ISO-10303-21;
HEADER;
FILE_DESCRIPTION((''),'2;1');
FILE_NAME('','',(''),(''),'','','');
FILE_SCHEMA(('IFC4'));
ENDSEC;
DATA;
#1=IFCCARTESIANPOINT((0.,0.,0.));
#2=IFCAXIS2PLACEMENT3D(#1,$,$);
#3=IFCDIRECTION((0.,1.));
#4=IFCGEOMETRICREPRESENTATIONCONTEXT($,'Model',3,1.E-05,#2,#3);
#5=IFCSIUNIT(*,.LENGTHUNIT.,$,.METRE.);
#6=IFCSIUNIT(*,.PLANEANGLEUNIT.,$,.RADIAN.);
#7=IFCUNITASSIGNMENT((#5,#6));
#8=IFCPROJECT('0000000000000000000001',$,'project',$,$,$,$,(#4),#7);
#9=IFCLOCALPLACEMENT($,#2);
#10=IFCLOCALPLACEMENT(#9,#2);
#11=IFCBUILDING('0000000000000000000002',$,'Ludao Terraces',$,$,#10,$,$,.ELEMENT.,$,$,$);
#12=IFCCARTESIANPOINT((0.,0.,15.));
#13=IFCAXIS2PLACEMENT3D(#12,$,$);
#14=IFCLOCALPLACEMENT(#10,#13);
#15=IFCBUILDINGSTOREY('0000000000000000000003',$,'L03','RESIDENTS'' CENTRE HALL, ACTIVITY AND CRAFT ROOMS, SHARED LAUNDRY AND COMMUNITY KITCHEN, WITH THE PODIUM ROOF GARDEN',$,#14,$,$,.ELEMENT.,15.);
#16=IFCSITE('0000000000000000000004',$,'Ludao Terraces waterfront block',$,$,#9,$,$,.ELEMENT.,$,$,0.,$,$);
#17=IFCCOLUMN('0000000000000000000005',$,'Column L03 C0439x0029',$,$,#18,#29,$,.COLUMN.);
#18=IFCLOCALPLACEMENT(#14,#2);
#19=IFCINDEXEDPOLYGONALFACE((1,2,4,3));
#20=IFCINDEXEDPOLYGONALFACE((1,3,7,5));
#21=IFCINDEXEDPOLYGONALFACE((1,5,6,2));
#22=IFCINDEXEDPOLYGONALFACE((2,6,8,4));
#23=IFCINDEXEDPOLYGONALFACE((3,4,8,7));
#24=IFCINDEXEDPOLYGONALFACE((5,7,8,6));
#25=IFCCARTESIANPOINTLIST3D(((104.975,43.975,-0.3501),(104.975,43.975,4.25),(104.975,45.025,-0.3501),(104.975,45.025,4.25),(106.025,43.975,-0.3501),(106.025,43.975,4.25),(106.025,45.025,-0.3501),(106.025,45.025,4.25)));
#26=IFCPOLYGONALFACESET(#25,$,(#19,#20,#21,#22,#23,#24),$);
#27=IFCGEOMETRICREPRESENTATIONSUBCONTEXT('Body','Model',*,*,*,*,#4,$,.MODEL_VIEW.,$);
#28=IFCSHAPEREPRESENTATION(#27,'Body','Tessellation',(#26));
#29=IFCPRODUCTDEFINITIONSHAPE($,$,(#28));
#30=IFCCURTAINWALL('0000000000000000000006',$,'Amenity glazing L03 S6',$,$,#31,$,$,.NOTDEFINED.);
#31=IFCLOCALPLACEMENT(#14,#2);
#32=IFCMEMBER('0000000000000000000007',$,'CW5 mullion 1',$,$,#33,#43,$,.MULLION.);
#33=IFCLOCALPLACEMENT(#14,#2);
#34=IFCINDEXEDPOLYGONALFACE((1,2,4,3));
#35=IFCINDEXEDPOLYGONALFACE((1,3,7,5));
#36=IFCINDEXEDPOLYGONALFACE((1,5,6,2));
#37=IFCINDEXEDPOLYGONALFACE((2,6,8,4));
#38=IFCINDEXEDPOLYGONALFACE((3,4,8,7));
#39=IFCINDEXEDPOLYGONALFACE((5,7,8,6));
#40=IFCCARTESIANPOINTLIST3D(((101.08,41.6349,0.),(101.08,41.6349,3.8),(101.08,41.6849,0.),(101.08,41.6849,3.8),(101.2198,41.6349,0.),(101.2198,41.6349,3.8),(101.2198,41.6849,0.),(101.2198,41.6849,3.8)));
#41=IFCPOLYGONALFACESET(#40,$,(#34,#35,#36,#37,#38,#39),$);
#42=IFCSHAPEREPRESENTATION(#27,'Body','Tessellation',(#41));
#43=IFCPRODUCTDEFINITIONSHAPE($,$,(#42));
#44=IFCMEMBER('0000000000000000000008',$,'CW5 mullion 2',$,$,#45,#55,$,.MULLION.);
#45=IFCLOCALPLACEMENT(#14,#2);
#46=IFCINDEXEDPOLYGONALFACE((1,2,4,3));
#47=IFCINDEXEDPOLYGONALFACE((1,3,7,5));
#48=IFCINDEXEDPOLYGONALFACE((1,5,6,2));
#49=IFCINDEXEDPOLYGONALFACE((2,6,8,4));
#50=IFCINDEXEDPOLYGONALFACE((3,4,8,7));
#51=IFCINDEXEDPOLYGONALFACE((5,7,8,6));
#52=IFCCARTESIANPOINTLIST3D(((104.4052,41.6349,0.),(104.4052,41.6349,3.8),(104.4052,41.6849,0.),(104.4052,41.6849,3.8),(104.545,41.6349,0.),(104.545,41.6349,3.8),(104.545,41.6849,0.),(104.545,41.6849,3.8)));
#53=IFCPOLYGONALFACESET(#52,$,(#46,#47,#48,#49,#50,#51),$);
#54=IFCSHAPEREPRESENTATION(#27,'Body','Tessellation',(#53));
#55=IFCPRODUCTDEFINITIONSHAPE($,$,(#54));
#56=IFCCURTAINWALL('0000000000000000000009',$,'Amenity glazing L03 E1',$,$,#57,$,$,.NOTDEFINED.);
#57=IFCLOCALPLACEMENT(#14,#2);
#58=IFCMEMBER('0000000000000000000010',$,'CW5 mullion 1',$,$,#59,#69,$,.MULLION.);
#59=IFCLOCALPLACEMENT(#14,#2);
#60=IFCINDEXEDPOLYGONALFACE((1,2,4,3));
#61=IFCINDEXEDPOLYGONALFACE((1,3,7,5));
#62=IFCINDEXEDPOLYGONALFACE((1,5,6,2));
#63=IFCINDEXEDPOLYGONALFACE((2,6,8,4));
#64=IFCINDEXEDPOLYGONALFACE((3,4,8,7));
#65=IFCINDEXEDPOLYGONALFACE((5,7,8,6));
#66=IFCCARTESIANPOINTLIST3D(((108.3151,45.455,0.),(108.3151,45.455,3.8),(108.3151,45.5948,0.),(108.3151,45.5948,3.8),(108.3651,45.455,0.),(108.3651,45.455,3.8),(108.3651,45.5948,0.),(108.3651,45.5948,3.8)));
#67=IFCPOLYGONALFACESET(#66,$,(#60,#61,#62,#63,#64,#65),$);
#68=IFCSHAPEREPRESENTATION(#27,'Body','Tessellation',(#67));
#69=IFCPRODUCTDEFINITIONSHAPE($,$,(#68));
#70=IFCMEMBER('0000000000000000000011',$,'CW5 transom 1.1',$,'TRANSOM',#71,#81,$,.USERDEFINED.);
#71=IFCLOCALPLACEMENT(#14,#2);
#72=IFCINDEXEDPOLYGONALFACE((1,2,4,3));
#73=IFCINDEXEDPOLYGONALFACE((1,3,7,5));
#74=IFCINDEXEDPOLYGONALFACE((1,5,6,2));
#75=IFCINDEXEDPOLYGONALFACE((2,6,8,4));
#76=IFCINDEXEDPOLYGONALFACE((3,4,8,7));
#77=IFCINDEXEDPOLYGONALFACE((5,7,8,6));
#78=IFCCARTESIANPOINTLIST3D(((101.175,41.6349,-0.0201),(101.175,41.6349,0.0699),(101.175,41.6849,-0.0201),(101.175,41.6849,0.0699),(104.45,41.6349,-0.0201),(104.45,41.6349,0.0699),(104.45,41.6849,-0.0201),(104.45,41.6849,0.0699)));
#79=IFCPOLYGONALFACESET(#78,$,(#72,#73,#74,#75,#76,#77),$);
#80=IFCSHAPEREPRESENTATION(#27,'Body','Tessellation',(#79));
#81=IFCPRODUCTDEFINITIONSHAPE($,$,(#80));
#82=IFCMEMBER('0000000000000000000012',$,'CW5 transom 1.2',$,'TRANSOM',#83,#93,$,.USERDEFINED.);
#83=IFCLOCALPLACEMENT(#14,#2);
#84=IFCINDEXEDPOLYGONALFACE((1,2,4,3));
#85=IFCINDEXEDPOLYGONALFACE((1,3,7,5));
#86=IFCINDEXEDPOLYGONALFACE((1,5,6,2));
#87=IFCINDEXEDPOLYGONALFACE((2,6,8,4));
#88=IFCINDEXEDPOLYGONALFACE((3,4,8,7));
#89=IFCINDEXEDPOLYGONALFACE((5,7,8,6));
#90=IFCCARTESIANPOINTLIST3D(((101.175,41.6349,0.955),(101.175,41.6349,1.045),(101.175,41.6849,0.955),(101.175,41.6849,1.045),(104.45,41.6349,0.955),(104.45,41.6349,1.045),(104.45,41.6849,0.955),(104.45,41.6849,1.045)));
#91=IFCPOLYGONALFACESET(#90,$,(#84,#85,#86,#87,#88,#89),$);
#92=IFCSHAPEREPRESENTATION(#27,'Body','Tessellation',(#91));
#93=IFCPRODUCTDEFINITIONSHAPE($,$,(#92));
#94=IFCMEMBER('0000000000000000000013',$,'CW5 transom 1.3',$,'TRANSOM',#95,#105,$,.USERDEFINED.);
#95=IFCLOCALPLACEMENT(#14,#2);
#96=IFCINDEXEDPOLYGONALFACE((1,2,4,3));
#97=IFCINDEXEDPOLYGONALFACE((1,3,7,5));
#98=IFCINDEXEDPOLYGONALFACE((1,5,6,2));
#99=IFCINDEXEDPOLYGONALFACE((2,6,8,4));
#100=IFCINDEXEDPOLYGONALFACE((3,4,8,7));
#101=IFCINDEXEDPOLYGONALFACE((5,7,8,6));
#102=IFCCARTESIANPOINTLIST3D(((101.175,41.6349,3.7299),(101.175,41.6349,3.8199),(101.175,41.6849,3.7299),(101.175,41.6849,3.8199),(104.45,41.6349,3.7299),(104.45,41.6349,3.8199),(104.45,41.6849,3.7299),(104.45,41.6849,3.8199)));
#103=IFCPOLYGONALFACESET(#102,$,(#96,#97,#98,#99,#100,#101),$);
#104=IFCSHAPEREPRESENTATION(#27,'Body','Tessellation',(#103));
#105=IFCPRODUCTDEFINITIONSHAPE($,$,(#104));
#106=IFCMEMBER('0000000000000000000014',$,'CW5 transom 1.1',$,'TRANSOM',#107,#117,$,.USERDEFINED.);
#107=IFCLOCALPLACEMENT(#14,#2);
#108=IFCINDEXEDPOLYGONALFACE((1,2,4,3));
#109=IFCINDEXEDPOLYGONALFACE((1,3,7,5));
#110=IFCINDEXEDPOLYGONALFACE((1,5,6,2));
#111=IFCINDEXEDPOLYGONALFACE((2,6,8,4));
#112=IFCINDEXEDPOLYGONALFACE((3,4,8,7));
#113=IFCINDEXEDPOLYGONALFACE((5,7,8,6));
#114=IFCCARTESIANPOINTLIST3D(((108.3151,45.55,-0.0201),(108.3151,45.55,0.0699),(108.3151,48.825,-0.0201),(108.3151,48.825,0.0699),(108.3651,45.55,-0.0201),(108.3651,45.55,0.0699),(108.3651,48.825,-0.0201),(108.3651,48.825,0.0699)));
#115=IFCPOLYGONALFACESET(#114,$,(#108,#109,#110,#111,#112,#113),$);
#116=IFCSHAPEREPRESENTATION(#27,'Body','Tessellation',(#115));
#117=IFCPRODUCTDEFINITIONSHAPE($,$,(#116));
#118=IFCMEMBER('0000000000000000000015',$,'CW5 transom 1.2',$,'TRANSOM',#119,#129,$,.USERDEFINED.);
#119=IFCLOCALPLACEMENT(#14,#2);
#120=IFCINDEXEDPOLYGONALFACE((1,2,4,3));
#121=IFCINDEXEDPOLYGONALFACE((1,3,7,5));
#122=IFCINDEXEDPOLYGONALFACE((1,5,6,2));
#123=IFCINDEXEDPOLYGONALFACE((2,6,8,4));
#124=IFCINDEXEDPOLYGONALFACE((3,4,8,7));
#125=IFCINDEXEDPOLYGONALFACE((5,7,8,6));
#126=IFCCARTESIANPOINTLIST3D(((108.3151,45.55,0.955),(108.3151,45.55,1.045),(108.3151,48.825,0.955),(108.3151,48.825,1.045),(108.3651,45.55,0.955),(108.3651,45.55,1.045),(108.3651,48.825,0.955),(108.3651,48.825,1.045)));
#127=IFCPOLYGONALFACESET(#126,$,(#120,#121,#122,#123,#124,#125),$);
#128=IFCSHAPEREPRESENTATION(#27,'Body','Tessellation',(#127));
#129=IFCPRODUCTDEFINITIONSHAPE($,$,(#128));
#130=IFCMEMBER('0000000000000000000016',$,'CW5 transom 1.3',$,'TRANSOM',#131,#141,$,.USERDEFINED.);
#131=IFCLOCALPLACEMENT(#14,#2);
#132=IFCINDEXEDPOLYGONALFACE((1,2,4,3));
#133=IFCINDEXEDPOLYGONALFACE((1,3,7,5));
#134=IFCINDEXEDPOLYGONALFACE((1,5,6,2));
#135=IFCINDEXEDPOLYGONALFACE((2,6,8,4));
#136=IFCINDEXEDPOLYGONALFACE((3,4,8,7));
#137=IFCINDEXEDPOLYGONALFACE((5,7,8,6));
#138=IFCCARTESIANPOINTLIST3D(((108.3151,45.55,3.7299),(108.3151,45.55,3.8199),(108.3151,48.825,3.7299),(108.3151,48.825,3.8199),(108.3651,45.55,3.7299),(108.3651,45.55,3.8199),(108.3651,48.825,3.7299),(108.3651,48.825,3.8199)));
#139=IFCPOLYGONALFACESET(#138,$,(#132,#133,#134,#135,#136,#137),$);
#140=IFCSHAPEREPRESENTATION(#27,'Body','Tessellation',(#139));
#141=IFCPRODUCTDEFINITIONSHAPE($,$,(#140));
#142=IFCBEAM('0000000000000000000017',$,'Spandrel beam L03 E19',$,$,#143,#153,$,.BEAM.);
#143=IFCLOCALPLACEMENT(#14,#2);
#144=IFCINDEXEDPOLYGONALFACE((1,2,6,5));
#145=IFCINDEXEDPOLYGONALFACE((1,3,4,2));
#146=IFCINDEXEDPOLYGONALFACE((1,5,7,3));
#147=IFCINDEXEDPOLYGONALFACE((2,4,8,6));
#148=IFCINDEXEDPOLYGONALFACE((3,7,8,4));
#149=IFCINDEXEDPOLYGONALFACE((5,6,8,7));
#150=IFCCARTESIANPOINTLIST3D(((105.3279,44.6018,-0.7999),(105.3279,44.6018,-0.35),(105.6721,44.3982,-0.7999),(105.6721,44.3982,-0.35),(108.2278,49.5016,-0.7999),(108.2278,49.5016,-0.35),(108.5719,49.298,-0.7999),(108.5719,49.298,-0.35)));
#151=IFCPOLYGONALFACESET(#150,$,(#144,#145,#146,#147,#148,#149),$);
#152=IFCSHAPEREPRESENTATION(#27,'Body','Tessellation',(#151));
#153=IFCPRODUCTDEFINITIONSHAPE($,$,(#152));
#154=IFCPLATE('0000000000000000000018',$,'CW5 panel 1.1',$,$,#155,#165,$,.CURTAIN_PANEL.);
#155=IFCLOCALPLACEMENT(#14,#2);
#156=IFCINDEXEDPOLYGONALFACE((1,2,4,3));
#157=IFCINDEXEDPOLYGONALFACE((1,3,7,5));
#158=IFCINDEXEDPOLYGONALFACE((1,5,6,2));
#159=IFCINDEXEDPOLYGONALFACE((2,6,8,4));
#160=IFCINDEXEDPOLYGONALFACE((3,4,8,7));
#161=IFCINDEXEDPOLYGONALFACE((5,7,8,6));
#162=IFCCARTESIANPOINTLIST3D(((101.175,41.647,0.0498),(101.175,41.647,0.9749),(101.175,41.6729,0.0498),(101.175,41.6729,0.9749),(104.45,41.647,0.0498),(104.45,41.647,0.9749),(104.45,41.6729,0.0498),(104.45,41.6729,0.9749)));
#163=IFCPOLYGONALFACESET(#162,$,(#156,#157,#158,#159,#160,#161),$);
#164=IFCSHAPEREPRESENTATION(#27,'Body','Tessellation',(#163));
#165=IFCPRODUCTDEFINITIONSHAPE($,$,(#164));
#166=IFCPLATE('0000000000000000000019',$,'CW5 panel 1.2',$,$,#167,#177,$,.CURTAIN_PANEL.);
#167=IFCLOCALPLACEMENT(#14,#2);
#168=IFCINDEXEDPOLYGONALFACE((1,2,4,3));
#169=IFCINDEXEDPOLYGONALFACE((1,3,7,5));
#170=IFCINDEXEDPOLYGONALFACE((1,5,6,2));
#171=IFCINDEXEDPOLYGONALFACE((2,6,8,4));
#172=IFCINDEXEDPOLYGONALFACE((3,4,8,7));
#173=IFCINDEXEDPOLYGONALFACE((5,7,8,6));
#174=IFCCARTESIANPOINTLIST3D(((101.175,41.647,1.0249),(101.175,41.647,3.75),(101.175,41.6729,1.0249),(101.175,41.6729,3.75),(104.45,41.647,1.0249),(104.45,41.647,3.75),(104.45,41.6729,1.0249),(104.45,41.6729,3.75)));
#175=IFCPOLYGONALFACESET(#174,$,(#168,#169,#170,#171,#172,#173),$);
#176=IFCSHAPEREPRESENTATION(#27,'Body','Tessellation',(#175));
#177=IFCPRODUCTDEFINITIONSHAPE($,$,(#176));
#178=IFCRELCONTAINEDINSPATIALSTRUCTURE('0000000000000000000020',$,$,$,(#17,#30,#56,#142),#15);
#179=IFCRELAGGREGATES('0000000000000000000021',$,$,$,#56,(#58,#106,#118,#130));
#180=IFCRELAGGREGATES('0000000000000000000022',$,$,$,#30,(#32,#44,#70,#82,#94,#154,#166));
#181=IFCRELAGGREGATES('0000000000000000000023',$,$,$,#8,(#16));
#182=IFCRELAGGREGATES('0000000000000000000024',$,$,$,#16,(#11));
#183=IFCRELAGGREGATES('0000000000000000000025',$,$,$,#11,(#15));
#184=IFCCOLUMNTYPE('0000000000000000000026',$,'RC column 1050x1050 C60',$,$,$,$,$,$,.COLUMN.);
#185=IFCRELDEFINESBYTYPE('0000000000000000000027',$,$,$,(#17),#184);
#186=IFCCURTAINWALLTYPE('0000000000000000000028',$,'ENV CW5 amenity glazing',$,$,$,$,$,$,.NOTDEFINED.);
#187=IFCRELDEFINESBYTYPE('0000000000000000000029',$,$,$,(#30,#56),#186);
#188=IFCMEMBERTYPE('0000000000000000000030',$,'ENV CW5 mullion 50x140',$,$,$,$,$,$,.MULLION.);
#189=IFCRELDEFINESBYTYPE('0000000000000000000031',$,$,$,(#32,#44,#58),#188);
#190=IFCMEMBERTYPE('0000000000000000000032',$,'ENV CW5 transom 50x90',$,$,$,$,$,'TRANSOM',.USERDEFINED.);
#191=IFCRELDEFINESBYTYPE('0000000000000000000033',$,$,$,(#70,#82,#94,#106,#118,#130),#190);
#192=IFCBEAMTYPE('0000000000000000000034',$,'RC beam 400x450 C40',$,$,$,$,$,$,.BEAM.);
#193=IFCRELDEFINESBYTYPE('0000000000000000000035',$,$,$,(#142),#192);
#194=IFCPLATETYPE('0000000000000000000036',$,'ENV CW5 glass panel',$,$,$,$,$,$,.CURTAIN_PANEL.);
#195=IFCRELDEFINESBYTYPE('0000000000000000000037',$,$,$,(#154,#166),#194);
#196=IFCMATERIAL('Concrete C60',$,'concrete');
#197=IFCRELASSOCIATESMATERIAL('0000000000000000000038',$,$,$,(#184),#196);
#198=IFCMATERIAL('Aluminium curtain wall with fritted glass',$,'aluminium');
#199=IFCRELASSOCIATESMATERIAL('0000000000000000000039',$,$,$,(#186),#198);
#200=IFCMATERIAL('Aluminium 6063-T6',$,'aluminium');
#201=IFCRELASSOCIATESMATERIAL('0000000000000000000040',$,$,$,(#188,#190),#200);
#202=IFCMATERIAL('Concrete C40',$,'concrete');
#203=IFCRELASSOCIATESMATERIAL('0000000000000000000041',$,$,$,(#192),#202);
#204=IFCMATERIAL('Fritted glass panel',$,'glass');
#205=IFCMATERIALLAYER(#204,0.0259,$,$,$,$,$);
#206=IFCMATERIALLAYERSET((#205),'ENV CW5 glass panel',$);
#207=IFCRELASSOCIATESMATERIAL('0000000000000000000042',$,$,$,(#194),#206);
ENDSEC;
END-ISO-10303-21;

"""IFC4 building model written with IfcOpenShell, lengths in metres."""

from ifc_helpers import new_model, si_unit, direction, frame, origin, origin_2d, place, context, subcontext, project, spatial, rectangle, extrude, material, layer, layer_set, material_profile, profile_set, type_object, element, aggregate, save


model = new_model("IFC4")

# Units and contexts
model_context = context("Model", 3, precision=1e-05, world=origin(), true_north=direction((0.0, 1.0)))
body_context = subcontext(model_context, "Body", "Model", "MODEL_VIEW")
ifc_project = project(units=[si_unit("LENGTHUNIT", "METRE"), si_unit("PLANEANGLEUNIT", "RADIAN")], contexts=[model_context])

# Site, building, storey
site_placement = place(None, origin())
site = spatial("IfcSite", under=ifc_project, at=site_placement, Name="Ludao Terraces waterfront block", CompositionType="ELEMENT", RefElevation=0.0)
building_placement = place(site_placement, origin())
building = spatial("IfcBuilding", under=site, at=building_placement, Name="Ludao Terraces", CompositionType="ELEMENT")
storey_placement = place(building_placement, frame((0.0, 0.0, 15.0)))
storey = spatial("IfcBuildingStorey", under=building, at=storey_placement, Name="L03", Description="RESIDENTS' CENTRE HALL, ACTIVITY AND CRAFT ROOMS, SHARED LAUNDRY AND COMMUNITY KITCHEN, WITH THE PODIUM ROOF GARDEN", CompositionType="ELEMENT", Elevation=15.0)

# Column
ifc_material_1 = material(Name="Concrete C60", Category="concrete")
ifc_material_profile_1 = material_profile(ifc_material_1, rectangle(XDim=1.05, YDim=1.05, at=origin_2d()), Name="1050 X 1050")
ifc_profile_set_1 = profile_set([ifc_material_profile_1], Name="Concrete C60")
column_type = type_object("IfcColumnType", Name="RC column 1050x1050 C60", PredefinedType="COLUMN", material=ifc_profile_set_1)
column_placement = place(storey_placement, frame((105.5, 44.5, -0.3501), z_axis=(0.0, 0.0, 1.0), x_axis=(1.0, 0.0, 0.0)))
element("IfcColumn", 1, at=column_placement, inside=storey, type_object=column_type, Name="Column L03 C0439x0029", PredefinedType="COLUMN", context=body_context, shape_type="SweptSolid", body=[
    extrude(rectangle(XDim=1.05, YDim=1.05, at=origin_2d()), origin(), (0.0, 0.0, 1.0), 4.6001),
])

# Curtain wall, members
ifc_material_2 = material(Name="Aluminium curtain wall with fritted glass", Category="aluminium")
curtain_wall_type = type_object("IfcCurtainWallType", Name="ENV CW5 amenity glazing", PredefinedType="NOTDEFINED", material=ifc_material_2)
curtain_wall_1_placement = place(storey_placement, origin())
curtain_wall_1 = element("IfcCurtainWall", 2, at=curtain_wall_1_placement, inside=storey, type_object=curtain_wall_type, Name="Amenity glazing L03 S6", PredefinedType="NOTDEFINED")
ifc_material_3 = material(Name="Aluminium 6063-T6", Category="aluminium")
ifc_material_profile_2 = material_profile(ifc_material_3, rectangle(XDim=0.05, YDim=0.1399, at=origin_2d()), Name="50 X 140")
ifc_profile_set_2 = profile_set([ifc_material_profile_2], Name="Aluminium 6063-T6")
member_type_1 = type_object("IfcMemberType", Name="ENV CW5 mullion 50x140", PredefinedType="MULLION", material=ifc_profile_set_2)
member_1_placement = place(storey_placement, frame((101.1499, 41.6599, 0.0), z_axis=(0.0, 0.0, 1.0), x_axis=(0.0, 1.0, 0.0)))
member_1 = element("IfcMember", 3, at=member_1_placement, type_object=member_type_1, Name="CW5 mullion 1", PredefinedType="MULLION", context=body_context, shape_type="SweptSolid", body=[
    extrude(rectangle(XDim=0.05, YDim=0.1399, at=origin_2d()), origin(), (0.0, 0.0, 1.0), 3.8),
])
member_2_placement = place(storey_placement, frame((104.4751, 41.6599, 0.0), z_axis=(0.0, 0.0, 1.0), x_axis=(0.0, 1.0, 0.0)))
member_2 = element("IfcMember", 4, at=member_2_placement, type_object=member_type_1, Name="CW5 mullion 2", PredefinedType="MULLION", context=body_context, shape_type="SweptSolid", body=[
    extrude(rectangle(XDim=0.05, YDim=0.1399, at=origin_2d()), origin(), (0.0, 0.0, 1.0), 3.8),
])

# Curtain wall, member
curtain_wall_2_placement = place(storey_placement, origin())
curtain_wall_2 = element("IfcCurtainWall", 5, at=curtain_wall_2_placement, inside=storey, type_object=curtain_wall_type, Name="Amenity glazing L03 E1", PredefinedType="NOTDEFINED")
member_3_placement = place(storey_placement, frame((108.3401, 45.5249, 0.0), z_axis=(0.0, 0.0, 1.0), x_axis=(-1.0, 0.0, 0.0)))
member_3 = element("IfcMember", 6, at=member_3_placement, type_object=member_type_1, Name="CW5 mullion 1", PredefinedType="MULLION", context=body_context, shape_type="SweptSolid", body=[
    extrude(rectangle(XDim=0.05, YDim=0.1399, at=origin_2d()), origin(), (0.0, 0.0, 1.0), 3.8),
])

# Members
ifc_material_profile_3 = material_profile(ifc_material_3, rectangle(XDim=0.05, YDim=0.0901, at=origin_2d()), Name="50 X 90")
ifc_profile_set_3 = profile_set([ifc_material_profile_3], Name="Aluminium 6063-T6")
member_type_2 = type_object("IfcMemberType", Name="ENV CW5 transom 50x90", ElementType="TRANSOM", PredefinedType="USERDEFINED", material=ifc_profile_set_3)
member_4_placement = place(storey_placement, frame((101.175, 41.6599, 0.0249), z_axis=(1.0, 0.0, 0.0), x_axis=(0.0, 1.0, 0.0)))
member_4 = element("IfcMember", 7, at=member_4_placement, type_object=member_type_2, Name="CW5 transom 1.1", ObjectType="TRANSOM", PredefinedType="USERDEFINED", context=body_context, shape_type="SweptSolid", body=[
    extrude(rectangle(XDim=0.05, YDim=0.0901, at=origin_2d()), origin(), (0.0, 0.0, 1.0), 3.2749),
])
member_5_placement = place(storey_placement, frame((101.175, 41.6599, 1.0), z_axis=(1.0, 0.0, 0.0), x_axis=(0.0, 1.0, 0.0)))
member_5 = element("IfcMember", 8, at=member_5_placement, type_object=member_type_2, Name="CW5 transom 1.2", ObjectType="TRANSOM", PredefinedType="USERDEFINED", context=body_context, shape_type="SweptSolid", body=[
    extrude(rectangle(XDim=0.05, YDim=0.0901, at=origin_2d()), origin(), (0.0, 0.0, 1.0), 3.2749),
])
member_6_placement = place(storey_placement, frame((101.175, 41.6599, 3.7749), z_axis=(1.0, 0.0, 0.0), x_axis=(0.0, 1.0, 0.0)))
member_6 = element("IfcMember", 9, at=member_6_placement, type_object=member_type_2, Name="CW5 transom 1.3", ObjectType="TRANSOM", PredefinedType="USERDEFINED", context=body_context, shape_type="SweptSolid", body=[
    extrude(rectangle(XDim=0.05, YDim=0.0901, at=origin_2d()), origin(), (0.0, 0.0, 1.0), 3.2749),
])
member_7_placement = place(storey_placement, frame((108.3401, 45.55, 0.0249), z_axis=(0.0, 1.0, 0.0), x_axis=(-1.0, 0.0, 0.0)))
member_7 = element("IfcMember", 10, at=member_7_placement, type_object=member_type_2, Name="CW5 transom 1.1", ObjectType="TRANSOM", PredefinedType="USERDEFINED", context=body_context, shape_type="SweptSolid", body=[
    extrude(rectangle(XDim=0.05, YDim=0.0901, at=origin_2d()), origin(), (0.0, 0.0, 1.0), 3.2749),
])
member_8_placement = place(storey_placement, frame((108.3401, 45.55, 1.0), z_axis=(0.0, 1.0, 0.0), x_axis=(-1.0, 0.0, 0.0)))
member_8 = element("IfcMember", 11, at=member_8_placement, type_object=member_type_2, Name="CW5 transom 1.2", ObjectType="TRANSOM", PredefinedType="USERDEFINED", context=body_context, shape_type="SweptSolid", body=[
    extrude(rectangle(XDim=0.05, YDim=0.0901, at=origin_2d()), origin(), (0.0, 0.0, 1.0), 3.2749),
])
member_9_placement = place(storey_placement, frame((108.3401, 45.55, 3.7749), z_axis=(0.0, 1.0, 0.0), x_axis=(-1.0, 0.0, 0.0)))
member_9 = element("IfcMember", 12, at=member_9_placement, type_object=member_type_2, Name="CW5 transom 1.3", ObjectType="TRANSOM", PredefinedType="USERDEFINED", context=body_context, shape_type="SweptSolid", body=[
    extrude(rectangle(XDim=0.05, YDim=0.0901, at=origin_2d()), origin(), (0.0, 0.0, 1.0), 3.2749),
])
aggregate(curtain_wall_2, [member_3, member_7, member_8, member_9])

# Beam
ifc_material_4 = material(Name="Concrete C40", Category="concrete")
ifc_material_profile_4 = material_profile(ifc_material_4, rectangle(XDim=0.3999, YDim=0.45, at=origin_2d()), Name="400 X 450")
ifc_profile_set_4 = profile_set([ifc_material_profile_4], Name="Concrete C40")
beam_type = type_object("IfcBeamType", Name="RC beam 400x450 C40", PredefinedType="BEAM", material=ifc_profile_set_4)
beam_placement = place(storey_placement, frame((105.5, 44.5, -0.575), z_axis=(0.509316, 0.86058, 0.0), x_axis=(-0.86058, 0.509316, 0.0)))
element("IfcBeam", 13, at=beam_placement, inside=storey, type_object=beam_type, Name="Spandrel beam L03 E19", PredefinedType="BEAM", context=body_context, shape_type="SweptSolid", body=[
    extrude(rectangle(XDim=0.3999, YDim=0.45, at=origin_2d()), origin(), (0.0, 0.0, 1.0), 5.6936),
])

# Plates
ifc_material_5 = material(Name="Fritted glass panel", Category="glass")
ifc_layer_1 = layer(ifc_material_5, 0.0259)
ifc_layer_set_1 = layer_set([ifc_layer_1], Name="ENV CW5 glass panel")
plate_type = type_object("IfcPlateType", Name="ENV CW5 glass panel", PredefinedType="CURTAIN_PANEL", material=ifc_layer_set_1)
plate_1_placement = place(storey_placement, frame((102.8125, 41.6599, 0.0498), z_axis=(0.0, 0.0, 1.0), x_axis=(1.0, 0.0, 0.0)))
plate_1 = element("IfcPlate", 14, at=plate_1_placement, type_object=plate_type, Name="CW5 panel 1.1", PredefinedType="CURTAIN_PANEL", context=body_context, shape_type="SweptSolid", body=[
    extrude(rectangle(XDim=3.2749, YDim=0.0259, at=origin_2d()), origin(), (0.0, 0.0, 1.0), 0.925),
])
plate_2_placement = place(storey_placement, frame((102.8125, 41.6599, 1.0249), z_axis=(0.0, 0.0, 1.0), x_axis=(1.0, 0.0, 0.0)))
plate_2 = element("IfcPlate", 15, at=plate_2_placement, type_object=plate_type, Name="CW5 panel 1.2", PredefinedType="CURTAIN_PANEL", context=body_context, shape_type="SweptSolid", body=[
    extrude(rectangle(XDim=3.2749, YDim=0.0259, at=origin_2d()), origin(), (0.0, 0.0, 1.0), 2.7251),
])
aggregate(curtain_wall_1, [member_1, member_2, member_4, member_5, member_6, plate_1, plate_2])

save(model, "model.ifc")
